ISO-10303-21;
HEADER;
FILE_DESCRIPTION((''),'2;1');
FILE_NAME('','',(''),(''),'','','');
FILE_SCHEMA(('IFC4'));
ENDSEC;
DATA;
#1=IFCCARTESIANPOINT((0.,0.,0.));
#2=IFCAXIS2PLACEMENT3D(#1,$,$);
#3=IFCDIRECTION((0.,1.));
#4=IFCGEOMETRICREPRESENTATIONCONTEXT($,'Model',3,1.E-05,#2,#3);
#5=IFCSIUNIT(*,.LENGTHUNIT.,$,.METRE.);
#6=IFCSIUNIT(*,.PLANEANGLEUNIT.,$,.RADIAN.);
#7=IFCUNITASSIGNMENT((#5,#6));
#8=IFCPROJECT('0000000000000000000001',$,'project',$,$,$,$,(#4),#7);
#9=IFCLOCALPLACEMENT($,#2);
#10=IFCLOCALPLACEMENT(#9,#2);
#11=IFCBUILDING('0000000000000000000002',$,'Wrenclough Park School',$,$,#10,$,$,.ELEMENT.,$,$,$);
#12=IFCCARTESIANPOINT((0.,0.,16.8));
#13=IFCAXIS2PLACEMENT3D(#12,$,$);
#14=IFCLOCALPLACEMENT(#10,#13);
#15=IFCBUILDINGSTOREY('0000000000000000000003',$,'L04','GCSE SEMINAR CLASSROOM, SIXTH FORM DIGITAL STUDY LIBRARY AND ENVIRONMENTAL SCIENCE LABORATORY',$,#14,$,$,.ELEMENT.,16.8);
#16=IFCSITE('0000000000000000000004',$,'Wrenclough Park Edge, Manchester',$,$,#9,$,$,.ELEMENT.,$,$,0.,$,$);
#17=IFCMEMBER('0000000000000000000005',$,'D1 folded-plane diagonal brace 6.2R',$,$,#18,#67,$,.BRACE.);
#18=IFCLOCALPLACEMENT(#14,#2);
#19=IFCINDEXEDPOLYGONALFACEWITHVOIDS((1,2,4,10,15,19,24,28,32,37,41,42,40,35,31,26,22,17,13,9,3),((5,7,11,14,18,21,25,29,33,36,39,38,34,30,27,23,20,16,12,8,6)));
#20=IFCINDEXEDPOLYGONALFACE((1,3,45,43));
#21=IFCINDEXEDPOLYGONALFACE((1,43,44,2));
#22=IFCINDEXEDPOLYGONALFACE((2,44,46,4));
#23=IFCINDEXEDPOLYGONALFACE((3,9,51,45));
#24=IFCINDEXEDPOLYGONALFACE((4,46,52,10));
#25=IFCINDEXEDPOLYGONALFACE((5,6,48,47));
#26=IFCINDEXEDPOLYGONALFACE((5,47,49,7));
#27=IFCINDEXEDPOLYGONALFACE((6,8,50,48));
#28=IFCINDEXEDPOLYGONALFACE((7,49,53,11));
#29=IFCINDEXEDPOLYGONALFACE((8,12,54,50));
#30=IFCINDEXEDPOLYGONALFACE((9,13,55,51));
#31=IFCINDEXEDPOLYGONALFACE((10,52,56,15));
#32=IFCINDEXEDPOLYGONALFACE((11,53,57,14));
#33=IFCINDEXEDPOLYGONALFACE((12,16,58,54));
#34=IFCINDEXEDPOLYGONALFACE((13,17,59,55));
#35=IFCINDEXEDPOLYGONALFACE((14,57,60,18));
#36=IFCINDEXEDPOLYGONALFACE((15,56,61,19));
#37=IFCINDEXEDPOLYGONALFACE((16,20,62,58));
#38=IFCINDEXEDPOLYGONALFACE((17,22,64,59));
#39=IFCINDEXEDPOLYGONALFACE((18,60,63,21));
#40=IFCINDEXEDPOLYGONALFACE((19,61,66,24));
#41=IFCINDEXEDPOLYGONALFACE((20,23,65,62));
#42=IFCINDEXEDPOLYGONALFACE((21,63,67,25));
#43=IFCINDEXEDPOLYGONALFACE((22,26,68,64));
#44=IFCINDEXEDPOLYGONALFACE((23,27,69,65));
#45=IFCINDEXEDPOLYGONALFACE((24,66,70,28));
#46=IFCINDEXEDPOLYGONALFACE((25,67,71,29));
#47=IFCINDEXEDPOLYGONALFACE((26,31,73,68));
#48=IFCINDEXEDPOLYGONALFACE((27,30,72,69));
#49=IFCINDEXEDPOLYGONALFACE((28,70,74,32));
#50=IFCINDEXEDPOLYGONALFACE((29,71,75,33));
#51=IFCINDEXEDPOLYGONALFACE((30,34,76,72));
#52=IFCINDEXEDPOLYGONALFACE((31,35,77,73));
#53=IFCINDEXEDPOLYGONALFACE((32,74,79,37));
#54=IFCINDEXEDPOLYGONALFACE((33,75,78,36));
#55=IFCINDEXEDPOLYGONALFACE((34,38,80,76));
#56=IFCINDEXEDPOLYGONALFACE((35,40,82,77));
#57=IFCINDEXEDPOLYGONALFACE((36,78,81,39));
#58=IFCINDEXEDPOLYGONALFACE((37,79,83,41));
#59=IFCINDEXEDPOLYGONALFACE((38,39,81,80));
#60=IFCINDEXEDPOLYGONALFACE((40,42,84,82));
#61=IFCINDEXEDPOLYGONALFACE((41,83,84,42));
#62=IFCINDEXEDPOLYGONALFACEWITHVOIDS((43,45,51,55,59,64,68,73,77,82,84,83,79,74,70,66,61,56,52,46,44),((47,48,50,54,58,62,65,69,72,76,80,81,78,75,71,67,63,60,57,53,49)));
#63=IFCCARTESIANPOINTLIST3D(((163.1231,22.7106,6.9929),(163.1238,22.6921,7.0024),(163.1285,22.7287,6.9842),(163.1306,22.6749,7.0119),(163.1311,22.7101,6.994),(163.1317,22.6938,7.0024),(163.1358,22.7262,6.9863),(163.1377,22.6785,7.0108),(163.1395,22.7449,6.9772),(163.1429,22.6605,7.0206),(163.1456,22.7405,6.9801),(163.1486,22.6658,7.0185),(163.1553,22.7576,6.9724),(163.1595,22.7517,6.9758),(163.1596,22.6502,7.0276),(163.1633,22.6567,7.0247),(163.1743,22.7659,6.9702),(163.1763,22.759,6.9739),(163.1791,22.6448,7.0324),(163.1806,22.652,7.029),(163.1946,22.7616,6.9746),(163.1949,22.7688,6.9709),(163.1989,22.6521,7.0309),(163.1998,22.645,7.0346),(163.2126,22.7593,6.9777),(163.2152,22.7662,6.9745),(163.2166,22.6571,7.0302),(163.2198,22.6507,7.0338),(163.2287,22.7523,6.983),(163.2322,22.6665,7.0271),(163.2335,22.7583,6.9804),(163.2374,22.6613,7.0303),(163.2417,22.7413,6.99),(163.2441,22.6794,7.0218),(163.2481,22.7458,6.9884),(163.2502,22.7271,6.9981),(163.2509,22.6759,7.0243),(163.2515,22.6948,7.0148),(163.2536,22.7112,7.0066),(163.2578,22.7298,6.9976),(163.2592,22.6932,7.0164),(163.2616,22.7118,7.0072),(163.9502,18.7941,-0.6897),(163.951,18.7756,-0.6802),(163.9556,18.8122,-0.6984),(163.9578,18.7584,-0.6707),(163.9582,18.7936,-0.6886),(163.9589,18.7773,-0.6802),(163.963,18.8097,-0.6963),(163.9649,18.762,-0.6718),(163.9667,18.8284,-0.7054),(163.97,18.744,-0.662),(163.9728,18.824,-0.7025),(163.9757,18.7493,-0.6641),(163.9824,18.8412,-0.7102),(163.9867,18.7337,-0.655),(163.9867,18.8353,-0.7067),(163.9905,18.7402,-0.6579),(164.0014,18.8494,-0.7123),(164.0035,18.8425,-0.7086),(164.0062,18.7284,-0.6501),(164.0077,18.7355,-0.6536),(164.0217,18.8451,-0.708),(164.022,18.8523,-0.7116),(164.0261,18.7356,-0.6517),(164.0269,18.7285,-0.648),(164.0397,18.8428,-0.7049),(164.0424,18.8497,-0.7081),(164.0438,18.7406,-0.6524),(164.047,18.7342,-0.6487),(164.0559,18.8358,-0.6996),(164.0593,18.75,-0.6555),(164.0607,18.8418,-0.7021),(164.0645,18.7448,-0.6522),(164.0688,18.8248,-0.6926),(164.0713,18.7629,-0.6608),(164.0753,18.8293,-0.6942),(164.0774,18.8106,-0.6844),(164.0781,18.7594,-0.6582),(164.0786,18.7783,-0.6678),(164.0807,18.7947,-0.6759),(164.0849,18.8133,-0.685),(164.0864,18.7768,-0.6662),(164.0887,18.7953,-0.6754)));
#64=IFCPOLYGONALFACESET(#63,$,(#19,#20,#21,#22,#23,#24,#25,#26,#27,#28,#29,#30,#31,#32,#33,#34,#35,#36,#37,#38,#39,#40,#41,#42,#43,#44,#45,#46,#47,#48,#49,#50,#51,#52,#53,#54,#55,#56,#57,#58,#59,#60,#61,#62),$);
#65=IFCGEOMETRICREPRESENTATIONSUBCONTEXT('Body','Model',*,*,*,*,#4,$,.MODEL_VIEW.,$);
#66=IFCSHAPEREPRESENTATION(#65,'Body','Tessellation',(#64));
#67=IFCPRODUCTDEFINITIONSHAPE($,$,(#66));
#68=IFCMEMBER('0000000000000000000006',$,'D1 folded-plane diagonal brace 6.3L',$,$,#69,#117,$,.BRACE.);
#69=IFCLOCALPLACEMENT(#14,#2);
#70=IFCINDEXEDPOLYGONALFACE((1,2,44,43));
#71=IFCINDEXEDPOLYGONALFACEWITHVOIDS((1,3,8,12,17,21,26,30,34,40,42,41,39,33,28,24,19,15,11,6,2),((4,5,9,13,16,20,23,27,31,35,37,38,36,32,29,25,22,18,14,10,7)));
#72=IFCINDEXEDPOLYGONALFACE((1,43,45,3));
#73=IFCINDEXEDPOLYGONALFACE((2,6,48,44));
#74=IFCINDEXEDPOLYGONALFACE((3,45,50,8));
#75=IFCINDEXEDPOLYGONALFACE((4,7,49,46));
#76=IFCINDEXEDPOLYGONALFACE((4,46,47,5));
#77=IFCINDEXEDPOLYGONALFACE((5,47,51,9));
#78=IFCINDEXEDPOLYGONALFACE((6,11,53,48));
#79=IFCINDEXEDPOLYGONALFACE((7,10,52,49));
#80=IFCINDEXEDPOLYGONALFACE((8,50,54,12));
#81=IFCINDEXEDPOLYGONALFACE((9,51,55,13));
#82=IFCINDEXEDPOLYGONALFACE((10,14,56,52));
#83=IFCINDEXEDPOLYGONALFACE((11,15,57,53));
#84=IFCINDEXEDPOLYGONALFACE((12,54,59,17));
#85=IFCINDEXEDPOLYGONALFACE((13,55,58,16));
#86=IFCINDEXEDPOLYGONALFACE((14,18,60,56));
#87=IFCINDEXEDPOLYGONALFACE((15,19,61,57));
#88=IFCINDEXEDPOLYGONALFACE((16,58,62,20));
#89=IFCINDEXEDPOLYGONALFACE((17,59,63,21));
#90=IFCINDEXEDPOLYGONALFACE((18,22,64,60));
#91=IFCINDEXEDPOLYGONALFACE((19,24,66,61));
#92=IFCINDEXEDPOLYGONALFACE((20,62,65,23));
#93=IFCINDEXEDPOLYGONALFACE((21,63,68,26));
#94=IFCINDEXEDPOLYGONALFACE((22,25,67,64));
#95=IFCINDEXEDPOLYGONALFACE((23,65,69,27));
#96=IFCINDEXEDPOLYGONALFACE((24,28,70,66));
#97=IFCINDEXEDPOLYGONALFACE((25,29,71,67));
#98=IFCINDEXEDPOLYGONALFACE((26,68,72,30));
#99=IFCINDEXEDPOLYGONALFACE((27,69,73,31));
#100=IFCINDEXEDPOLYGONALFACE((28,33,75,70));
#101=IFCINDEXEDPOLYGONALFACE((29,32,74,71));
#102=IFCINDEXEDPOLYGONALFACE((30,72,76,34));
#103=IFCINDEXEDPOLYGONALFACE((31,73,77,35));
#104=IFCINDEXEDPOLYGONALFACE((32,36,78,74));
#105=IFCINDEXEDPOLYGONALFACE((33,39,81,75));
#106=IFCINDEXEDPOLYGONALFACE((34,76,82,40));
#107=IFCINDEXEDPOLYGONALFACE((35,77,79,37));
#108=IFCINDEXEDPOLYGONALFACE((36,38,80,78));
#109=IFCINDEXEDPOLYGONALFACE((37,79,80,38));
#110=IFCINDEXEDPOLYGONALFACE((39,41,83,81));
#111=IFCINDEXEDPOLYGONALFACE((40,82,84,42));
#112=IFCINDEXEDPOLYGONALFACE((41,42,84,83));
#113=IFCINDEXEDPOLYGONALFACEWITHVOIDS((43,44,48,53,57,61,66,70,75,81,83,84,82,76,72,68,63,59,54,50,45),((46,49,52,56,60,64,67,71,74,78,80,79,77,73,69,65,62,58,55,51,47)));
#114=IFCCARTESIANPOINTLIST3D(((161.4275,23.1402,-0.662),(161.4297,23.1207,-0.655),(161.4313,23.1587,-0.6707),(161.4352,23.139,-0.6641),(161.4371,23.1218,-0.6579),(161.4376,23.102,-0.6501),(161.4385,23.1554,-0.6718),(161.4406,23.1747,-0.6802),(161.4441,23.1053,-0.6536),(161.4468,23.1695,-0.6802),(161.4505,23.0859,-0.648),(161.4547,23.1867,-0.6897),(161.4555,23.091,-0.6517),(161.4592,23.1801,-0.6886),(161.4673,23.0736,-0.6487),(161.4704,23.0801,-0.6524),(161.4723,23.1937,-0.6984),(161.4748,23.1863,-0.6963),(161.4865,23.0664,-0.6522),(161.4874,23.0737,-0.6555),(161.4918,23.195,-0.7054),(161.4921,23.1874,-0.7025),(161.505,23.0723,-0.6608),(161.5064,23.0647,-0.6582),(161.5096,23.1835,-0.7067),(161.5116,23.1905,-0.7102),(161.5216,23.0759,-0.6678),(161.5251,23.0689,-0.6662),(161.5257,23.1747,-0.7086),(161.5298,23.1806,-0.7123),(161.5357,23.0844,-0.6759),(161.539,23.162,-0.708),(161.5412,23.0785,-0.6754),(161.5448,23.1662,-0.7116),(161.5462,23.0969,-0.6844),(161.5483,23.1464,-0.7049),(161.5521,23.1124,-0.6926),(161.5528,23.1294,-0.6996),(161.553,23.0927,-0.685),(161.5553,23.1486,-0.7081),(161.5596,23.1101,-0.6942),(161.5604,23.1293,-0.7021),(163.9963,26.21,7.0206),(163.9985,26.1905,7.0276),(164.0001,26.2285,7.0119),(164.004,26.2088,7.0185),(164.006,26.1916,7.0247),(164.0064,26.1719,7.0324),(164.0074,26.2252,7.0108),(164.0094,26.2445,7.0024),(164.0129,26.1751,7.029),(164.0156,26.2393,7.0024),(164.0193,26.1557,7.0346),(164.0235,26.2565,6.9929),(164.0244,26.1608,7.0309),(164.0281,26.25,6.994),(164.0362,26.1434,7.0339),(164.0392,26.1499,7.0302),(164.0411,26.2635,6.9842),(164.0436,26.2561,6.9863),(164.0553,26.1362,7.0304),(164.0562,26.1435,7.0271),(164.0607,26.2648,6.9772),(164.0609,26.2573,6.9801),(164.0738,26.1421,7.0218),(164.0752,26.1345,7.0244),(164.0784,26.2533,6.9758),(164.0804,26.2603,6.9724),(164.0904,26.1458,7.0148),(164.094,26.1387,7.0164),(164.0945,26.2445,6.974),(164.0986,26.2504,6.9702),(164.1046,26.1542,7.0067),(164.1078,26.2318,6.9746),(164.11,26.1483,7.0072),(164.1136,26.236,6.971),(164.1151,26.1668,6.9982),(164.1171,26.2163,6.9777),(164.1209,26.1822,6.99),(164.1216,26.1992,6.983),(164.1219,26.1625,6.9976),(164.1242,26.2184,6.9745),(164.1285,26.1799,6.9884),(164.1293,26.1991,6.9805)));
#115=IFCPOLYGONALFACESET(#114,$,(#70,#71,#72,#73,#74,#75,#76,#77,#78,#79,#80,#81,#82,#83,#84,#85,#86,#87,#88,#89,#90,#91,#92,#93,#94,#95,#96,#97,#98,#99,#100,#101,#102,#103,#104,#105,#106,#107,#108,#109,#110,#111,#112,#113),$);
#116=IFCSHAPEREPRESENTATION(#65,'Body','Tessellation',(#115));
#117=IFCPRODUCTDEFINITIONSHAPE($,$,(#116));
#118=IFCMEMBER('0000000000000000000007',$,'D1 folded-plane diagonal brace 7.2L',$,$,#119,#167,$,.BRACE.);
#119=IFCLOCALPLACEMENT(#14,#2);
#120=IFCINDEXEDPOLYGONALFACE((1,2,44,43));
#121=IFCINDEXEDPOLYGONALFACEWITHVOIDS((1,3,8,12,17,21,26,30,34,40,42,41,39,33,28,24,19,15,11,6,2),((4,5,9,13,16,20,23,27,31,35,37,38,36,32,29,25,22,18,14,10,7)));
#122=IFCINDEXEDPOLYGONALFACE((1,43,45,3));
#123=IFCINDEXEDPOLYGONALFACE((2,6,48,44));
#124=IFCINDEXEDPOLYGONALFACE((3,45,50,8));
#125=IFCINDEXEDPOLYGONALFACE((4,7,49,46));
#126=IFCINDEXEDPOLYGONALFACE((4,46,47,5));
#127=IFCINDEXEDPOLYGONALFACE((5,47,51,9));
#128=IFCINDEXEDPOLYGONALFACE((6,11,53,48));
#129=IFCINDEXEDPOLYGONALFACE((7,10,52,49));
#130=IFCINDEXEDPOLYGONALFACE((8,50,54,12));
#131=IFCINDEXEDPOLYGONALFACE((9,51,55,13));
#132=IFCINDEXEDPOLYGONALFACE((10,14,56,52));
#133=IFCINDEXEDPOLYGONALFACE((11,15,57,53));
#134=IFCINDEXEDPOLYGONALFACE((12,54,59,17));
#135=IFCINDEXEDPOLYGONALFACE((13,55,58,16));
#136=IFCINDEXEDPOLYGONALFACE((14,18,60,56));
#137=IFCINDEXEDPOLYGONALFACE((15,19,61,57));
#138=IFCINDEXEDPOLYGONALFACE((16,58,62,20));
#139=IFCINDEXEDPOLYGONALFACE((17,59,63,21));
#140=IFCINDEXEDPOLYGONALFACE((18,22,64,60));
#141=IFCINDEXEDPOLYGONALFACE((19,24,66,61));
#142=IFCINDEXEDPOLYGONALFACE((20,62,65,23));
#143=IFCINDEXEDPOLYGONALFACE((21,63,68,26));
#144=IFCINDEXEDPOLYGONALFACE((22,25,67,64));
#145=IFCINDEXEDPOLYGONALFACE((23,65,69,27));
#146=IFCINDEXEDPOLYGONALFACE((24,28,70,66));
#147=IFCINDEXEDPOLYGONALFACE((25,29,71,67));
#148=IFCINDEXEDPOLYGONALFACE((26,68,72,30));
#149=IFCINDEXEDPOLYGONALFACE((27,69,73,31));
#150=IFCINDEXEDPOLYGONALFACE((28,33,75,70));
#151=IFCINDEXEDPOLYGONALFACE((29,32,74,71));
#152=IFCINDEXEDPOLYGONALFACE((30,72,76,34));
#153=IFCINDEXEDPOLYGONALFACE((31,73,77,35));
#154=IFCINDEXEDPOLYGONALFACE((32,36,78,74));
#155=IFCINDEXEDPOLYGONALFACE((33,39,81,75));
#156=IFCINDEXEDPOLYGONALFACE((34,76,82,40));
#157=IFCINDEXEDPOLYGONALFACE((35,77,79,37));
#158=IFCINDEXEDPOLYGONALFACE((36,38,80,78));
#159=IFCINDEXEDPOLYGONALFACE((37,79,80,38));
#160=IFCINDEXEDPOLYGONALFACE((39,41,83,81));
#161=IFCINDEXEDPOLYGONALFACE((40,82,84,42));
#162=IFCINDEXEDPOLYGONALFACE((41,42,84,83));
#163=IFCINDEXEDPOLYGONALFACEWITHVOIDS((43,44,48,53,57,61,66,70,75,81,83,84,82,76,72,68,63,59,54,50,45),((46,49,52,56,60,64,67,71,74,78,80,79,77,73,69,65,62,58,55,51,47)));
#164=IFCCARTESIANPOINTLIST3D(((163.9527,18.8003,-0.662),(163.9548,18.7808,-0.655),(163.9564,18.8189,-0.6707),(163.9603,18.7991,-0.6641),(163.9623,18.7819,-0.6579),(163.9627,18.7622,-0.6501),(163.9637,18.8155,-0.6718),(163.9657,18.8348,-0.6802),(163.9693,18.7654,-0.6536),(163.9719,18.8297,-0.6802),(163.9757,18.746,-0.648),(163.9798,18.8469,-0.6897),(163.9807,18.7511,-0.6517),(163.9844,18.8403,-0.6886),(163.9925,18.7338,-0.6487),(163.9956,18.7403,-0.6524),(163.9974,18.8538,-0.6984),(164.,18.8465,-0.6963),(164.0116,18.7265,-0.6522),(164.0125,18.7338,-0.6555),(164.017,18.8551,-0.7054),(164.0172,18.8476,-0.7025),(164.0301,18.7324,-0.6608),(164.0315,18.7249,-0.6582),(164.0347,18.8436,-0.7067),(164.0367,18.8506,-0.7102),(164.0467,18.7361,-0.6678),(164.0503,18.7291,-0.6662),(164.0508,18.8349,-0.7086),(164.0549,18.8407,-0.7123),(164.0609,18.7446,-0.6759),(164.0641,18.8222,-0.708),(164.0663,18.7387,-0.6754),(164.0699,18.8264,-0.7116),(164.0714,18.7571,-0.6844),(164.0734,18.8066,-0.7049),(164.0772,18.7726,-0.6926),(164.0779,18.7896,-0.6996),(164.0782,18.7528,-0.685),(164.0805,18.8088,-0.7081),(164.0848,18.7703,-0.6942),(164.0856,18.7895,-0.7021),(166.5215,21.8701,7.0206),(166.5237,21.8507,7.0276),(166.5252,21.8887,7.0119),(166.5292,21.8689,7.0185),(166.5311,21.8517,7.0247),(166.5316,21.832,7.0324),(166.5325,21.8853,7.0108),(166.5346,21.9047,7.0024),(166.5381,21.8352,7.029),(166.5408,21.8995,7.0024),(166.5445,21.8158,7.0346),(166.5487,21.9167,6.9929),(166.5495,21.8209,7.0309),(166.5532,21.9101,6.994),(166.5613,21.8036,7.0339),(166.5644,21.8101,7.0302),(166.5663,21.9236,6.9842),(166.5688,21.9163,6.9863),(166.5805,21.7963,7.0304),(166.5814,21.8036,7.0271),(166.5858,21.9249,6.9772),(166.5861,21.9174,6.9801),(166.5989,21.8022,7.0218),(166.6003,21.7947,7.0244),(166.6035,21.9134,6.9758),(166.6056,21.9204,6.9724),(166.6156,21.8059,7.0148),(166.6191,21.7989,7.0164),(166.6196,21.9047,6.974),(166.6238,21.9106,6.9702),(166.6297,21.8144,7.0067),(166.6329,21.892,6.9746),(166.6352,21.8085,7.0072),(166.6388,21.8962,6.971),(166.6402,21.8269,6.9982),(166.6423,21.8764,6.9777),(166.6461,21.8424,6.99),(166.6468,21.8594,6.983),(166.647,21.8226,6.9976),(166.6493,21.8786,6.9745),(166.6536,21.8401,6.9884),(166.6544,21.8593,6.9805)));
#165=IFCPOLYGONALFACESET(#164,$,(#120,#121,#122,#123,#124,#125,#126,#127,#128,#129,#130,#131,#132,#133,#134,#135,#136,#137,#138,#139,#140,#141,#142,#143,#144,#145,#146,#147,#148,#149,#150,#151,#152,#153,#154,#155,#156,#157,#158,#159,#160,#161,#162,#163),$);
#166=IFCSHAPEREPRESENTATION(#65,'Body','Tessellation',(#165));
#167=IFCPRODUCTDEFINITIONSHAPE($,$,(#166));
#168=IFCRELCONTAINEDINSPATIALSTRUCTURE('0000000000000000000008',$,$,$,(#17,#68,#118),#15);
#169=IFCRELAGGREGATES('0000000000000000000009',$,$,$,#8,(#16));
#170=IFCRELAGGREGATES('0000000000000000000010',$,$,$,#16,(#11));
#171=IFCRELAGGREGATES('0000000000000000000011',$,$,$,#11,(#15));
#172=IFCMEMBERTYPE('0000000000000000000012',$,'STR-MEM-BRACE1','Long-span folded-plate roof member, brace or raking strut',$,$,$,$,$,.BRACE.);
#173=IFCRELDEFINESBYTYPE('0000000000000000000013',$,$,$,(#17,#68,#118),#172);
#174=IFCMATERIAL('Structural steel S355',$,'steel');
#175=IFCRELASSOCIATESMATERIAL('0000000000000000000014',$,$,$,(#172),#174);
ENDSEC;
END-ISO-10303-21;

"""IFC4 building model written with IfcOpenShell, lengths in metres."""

from ifc_helpers import new_model, si_unit, direction, frame, origin, origin_2d, place, context, subcontext, project, spatial, hollow_circle, extrude, material, material_profile, profile_set, type_object, element, save


model = new_model("IFC4")

# Units and contexts
model_context = context("Model", 3, precision=1e-05, world=origin(), true_north=direction((0.0, 1.0)))
body_context = subcontext(model_context, "Body", "Model", "MODEL_VIEW")
ifc_project = project(units=[si_unit("LENGTHUNIT", "METRE"), si_unit("PLANEANGLEUNIT", "RADIAN")], contexts=[model_context])

# Site, building, storey
site_placement = place(None, origin())
site = spatial("IfcSite", under=ifc_project, at=site_placement, Name="Wrenclough Park Edge, Manchester", CompositionType="ELEMENT", RefElevation=0.0)
building_placement = place(site_placement, origin())
building = spatial("IfcBuilding", under=site, at=building_placement, Name="Wrenclough Park School", CompositionType="ELEMENT")
storey_placement = place(building_placement, frame((0.0, 0.0, 16.8)))
storey = spatial("IfcBuildingStorey", under=building, at=storey_placement, Name="L04", Description="GCSE SEMINAR CLASSROOM, SIXTH FORM DIGITAL STUDY LIBRARY AND ENVIRONMENTAL SCIENCE LABORATORY", CompositionType="ELEMENT", Elevation=16.8)

# Members
ifc_material = material(Name="Structural steel S355", Category="steel")
ifc_material_profile_1 = material_profile(ifc_material, hollow_circle(Radius=0.0698, WallThickness=0.0081, at=origin_2d()), Name="CHS 139.7x8.0")
ifc_profile_set_1 = profile_set([ifc_material_profile_1], Name="Structural steel S355")
member_type_1 = type_object("IfcMemberType", Name="STR-MEM-BRACE1", Description="Long-span folded-plate roof member, brace or raking strut", PredefinedType="BRACE", material=ifc_profile_set_1)
for number, where, z_axis, x_axis, name in (
    (1, (164.0193, 18.79, -0.6802), (-0.095482, 0.452101, 0.886842), (-0.978418, -0.206637, 0.0), "D1 folded-plane diagonal brace 6.2R"),
    (2, (161.4941, 23.1299, -0.6802), (0.296535, 0.354366, 0.886844), (-0.76691, 0.641755, 0.0), "D1 folded-plane diagonal brace 6.3L"),
    (3, (164.0193, 18.79, -0.6802), (0.296535, 0.354366, 0.886844), (-0.76691, 0.641755, 0.0), "D1 folded-plane diagonal brace 7.2L"),
):
    element("IfcMember", number, at=place(storey_placement, frame(where, z_axis=z_axis, x_axis=x_axis)), inside=storey, type_object=member_type_1, Name=name, PredefinedType="BRACE", context=body_context, shape_type="SweptSolid", body=[
        extrude(hollow_circle(Radius=0.0698, WallThickness=0.0081, at=origin_2d()), origin(), (0.0, 0.0, 1.0), 8.6628),
    ])

save(model, "model.ifc")
